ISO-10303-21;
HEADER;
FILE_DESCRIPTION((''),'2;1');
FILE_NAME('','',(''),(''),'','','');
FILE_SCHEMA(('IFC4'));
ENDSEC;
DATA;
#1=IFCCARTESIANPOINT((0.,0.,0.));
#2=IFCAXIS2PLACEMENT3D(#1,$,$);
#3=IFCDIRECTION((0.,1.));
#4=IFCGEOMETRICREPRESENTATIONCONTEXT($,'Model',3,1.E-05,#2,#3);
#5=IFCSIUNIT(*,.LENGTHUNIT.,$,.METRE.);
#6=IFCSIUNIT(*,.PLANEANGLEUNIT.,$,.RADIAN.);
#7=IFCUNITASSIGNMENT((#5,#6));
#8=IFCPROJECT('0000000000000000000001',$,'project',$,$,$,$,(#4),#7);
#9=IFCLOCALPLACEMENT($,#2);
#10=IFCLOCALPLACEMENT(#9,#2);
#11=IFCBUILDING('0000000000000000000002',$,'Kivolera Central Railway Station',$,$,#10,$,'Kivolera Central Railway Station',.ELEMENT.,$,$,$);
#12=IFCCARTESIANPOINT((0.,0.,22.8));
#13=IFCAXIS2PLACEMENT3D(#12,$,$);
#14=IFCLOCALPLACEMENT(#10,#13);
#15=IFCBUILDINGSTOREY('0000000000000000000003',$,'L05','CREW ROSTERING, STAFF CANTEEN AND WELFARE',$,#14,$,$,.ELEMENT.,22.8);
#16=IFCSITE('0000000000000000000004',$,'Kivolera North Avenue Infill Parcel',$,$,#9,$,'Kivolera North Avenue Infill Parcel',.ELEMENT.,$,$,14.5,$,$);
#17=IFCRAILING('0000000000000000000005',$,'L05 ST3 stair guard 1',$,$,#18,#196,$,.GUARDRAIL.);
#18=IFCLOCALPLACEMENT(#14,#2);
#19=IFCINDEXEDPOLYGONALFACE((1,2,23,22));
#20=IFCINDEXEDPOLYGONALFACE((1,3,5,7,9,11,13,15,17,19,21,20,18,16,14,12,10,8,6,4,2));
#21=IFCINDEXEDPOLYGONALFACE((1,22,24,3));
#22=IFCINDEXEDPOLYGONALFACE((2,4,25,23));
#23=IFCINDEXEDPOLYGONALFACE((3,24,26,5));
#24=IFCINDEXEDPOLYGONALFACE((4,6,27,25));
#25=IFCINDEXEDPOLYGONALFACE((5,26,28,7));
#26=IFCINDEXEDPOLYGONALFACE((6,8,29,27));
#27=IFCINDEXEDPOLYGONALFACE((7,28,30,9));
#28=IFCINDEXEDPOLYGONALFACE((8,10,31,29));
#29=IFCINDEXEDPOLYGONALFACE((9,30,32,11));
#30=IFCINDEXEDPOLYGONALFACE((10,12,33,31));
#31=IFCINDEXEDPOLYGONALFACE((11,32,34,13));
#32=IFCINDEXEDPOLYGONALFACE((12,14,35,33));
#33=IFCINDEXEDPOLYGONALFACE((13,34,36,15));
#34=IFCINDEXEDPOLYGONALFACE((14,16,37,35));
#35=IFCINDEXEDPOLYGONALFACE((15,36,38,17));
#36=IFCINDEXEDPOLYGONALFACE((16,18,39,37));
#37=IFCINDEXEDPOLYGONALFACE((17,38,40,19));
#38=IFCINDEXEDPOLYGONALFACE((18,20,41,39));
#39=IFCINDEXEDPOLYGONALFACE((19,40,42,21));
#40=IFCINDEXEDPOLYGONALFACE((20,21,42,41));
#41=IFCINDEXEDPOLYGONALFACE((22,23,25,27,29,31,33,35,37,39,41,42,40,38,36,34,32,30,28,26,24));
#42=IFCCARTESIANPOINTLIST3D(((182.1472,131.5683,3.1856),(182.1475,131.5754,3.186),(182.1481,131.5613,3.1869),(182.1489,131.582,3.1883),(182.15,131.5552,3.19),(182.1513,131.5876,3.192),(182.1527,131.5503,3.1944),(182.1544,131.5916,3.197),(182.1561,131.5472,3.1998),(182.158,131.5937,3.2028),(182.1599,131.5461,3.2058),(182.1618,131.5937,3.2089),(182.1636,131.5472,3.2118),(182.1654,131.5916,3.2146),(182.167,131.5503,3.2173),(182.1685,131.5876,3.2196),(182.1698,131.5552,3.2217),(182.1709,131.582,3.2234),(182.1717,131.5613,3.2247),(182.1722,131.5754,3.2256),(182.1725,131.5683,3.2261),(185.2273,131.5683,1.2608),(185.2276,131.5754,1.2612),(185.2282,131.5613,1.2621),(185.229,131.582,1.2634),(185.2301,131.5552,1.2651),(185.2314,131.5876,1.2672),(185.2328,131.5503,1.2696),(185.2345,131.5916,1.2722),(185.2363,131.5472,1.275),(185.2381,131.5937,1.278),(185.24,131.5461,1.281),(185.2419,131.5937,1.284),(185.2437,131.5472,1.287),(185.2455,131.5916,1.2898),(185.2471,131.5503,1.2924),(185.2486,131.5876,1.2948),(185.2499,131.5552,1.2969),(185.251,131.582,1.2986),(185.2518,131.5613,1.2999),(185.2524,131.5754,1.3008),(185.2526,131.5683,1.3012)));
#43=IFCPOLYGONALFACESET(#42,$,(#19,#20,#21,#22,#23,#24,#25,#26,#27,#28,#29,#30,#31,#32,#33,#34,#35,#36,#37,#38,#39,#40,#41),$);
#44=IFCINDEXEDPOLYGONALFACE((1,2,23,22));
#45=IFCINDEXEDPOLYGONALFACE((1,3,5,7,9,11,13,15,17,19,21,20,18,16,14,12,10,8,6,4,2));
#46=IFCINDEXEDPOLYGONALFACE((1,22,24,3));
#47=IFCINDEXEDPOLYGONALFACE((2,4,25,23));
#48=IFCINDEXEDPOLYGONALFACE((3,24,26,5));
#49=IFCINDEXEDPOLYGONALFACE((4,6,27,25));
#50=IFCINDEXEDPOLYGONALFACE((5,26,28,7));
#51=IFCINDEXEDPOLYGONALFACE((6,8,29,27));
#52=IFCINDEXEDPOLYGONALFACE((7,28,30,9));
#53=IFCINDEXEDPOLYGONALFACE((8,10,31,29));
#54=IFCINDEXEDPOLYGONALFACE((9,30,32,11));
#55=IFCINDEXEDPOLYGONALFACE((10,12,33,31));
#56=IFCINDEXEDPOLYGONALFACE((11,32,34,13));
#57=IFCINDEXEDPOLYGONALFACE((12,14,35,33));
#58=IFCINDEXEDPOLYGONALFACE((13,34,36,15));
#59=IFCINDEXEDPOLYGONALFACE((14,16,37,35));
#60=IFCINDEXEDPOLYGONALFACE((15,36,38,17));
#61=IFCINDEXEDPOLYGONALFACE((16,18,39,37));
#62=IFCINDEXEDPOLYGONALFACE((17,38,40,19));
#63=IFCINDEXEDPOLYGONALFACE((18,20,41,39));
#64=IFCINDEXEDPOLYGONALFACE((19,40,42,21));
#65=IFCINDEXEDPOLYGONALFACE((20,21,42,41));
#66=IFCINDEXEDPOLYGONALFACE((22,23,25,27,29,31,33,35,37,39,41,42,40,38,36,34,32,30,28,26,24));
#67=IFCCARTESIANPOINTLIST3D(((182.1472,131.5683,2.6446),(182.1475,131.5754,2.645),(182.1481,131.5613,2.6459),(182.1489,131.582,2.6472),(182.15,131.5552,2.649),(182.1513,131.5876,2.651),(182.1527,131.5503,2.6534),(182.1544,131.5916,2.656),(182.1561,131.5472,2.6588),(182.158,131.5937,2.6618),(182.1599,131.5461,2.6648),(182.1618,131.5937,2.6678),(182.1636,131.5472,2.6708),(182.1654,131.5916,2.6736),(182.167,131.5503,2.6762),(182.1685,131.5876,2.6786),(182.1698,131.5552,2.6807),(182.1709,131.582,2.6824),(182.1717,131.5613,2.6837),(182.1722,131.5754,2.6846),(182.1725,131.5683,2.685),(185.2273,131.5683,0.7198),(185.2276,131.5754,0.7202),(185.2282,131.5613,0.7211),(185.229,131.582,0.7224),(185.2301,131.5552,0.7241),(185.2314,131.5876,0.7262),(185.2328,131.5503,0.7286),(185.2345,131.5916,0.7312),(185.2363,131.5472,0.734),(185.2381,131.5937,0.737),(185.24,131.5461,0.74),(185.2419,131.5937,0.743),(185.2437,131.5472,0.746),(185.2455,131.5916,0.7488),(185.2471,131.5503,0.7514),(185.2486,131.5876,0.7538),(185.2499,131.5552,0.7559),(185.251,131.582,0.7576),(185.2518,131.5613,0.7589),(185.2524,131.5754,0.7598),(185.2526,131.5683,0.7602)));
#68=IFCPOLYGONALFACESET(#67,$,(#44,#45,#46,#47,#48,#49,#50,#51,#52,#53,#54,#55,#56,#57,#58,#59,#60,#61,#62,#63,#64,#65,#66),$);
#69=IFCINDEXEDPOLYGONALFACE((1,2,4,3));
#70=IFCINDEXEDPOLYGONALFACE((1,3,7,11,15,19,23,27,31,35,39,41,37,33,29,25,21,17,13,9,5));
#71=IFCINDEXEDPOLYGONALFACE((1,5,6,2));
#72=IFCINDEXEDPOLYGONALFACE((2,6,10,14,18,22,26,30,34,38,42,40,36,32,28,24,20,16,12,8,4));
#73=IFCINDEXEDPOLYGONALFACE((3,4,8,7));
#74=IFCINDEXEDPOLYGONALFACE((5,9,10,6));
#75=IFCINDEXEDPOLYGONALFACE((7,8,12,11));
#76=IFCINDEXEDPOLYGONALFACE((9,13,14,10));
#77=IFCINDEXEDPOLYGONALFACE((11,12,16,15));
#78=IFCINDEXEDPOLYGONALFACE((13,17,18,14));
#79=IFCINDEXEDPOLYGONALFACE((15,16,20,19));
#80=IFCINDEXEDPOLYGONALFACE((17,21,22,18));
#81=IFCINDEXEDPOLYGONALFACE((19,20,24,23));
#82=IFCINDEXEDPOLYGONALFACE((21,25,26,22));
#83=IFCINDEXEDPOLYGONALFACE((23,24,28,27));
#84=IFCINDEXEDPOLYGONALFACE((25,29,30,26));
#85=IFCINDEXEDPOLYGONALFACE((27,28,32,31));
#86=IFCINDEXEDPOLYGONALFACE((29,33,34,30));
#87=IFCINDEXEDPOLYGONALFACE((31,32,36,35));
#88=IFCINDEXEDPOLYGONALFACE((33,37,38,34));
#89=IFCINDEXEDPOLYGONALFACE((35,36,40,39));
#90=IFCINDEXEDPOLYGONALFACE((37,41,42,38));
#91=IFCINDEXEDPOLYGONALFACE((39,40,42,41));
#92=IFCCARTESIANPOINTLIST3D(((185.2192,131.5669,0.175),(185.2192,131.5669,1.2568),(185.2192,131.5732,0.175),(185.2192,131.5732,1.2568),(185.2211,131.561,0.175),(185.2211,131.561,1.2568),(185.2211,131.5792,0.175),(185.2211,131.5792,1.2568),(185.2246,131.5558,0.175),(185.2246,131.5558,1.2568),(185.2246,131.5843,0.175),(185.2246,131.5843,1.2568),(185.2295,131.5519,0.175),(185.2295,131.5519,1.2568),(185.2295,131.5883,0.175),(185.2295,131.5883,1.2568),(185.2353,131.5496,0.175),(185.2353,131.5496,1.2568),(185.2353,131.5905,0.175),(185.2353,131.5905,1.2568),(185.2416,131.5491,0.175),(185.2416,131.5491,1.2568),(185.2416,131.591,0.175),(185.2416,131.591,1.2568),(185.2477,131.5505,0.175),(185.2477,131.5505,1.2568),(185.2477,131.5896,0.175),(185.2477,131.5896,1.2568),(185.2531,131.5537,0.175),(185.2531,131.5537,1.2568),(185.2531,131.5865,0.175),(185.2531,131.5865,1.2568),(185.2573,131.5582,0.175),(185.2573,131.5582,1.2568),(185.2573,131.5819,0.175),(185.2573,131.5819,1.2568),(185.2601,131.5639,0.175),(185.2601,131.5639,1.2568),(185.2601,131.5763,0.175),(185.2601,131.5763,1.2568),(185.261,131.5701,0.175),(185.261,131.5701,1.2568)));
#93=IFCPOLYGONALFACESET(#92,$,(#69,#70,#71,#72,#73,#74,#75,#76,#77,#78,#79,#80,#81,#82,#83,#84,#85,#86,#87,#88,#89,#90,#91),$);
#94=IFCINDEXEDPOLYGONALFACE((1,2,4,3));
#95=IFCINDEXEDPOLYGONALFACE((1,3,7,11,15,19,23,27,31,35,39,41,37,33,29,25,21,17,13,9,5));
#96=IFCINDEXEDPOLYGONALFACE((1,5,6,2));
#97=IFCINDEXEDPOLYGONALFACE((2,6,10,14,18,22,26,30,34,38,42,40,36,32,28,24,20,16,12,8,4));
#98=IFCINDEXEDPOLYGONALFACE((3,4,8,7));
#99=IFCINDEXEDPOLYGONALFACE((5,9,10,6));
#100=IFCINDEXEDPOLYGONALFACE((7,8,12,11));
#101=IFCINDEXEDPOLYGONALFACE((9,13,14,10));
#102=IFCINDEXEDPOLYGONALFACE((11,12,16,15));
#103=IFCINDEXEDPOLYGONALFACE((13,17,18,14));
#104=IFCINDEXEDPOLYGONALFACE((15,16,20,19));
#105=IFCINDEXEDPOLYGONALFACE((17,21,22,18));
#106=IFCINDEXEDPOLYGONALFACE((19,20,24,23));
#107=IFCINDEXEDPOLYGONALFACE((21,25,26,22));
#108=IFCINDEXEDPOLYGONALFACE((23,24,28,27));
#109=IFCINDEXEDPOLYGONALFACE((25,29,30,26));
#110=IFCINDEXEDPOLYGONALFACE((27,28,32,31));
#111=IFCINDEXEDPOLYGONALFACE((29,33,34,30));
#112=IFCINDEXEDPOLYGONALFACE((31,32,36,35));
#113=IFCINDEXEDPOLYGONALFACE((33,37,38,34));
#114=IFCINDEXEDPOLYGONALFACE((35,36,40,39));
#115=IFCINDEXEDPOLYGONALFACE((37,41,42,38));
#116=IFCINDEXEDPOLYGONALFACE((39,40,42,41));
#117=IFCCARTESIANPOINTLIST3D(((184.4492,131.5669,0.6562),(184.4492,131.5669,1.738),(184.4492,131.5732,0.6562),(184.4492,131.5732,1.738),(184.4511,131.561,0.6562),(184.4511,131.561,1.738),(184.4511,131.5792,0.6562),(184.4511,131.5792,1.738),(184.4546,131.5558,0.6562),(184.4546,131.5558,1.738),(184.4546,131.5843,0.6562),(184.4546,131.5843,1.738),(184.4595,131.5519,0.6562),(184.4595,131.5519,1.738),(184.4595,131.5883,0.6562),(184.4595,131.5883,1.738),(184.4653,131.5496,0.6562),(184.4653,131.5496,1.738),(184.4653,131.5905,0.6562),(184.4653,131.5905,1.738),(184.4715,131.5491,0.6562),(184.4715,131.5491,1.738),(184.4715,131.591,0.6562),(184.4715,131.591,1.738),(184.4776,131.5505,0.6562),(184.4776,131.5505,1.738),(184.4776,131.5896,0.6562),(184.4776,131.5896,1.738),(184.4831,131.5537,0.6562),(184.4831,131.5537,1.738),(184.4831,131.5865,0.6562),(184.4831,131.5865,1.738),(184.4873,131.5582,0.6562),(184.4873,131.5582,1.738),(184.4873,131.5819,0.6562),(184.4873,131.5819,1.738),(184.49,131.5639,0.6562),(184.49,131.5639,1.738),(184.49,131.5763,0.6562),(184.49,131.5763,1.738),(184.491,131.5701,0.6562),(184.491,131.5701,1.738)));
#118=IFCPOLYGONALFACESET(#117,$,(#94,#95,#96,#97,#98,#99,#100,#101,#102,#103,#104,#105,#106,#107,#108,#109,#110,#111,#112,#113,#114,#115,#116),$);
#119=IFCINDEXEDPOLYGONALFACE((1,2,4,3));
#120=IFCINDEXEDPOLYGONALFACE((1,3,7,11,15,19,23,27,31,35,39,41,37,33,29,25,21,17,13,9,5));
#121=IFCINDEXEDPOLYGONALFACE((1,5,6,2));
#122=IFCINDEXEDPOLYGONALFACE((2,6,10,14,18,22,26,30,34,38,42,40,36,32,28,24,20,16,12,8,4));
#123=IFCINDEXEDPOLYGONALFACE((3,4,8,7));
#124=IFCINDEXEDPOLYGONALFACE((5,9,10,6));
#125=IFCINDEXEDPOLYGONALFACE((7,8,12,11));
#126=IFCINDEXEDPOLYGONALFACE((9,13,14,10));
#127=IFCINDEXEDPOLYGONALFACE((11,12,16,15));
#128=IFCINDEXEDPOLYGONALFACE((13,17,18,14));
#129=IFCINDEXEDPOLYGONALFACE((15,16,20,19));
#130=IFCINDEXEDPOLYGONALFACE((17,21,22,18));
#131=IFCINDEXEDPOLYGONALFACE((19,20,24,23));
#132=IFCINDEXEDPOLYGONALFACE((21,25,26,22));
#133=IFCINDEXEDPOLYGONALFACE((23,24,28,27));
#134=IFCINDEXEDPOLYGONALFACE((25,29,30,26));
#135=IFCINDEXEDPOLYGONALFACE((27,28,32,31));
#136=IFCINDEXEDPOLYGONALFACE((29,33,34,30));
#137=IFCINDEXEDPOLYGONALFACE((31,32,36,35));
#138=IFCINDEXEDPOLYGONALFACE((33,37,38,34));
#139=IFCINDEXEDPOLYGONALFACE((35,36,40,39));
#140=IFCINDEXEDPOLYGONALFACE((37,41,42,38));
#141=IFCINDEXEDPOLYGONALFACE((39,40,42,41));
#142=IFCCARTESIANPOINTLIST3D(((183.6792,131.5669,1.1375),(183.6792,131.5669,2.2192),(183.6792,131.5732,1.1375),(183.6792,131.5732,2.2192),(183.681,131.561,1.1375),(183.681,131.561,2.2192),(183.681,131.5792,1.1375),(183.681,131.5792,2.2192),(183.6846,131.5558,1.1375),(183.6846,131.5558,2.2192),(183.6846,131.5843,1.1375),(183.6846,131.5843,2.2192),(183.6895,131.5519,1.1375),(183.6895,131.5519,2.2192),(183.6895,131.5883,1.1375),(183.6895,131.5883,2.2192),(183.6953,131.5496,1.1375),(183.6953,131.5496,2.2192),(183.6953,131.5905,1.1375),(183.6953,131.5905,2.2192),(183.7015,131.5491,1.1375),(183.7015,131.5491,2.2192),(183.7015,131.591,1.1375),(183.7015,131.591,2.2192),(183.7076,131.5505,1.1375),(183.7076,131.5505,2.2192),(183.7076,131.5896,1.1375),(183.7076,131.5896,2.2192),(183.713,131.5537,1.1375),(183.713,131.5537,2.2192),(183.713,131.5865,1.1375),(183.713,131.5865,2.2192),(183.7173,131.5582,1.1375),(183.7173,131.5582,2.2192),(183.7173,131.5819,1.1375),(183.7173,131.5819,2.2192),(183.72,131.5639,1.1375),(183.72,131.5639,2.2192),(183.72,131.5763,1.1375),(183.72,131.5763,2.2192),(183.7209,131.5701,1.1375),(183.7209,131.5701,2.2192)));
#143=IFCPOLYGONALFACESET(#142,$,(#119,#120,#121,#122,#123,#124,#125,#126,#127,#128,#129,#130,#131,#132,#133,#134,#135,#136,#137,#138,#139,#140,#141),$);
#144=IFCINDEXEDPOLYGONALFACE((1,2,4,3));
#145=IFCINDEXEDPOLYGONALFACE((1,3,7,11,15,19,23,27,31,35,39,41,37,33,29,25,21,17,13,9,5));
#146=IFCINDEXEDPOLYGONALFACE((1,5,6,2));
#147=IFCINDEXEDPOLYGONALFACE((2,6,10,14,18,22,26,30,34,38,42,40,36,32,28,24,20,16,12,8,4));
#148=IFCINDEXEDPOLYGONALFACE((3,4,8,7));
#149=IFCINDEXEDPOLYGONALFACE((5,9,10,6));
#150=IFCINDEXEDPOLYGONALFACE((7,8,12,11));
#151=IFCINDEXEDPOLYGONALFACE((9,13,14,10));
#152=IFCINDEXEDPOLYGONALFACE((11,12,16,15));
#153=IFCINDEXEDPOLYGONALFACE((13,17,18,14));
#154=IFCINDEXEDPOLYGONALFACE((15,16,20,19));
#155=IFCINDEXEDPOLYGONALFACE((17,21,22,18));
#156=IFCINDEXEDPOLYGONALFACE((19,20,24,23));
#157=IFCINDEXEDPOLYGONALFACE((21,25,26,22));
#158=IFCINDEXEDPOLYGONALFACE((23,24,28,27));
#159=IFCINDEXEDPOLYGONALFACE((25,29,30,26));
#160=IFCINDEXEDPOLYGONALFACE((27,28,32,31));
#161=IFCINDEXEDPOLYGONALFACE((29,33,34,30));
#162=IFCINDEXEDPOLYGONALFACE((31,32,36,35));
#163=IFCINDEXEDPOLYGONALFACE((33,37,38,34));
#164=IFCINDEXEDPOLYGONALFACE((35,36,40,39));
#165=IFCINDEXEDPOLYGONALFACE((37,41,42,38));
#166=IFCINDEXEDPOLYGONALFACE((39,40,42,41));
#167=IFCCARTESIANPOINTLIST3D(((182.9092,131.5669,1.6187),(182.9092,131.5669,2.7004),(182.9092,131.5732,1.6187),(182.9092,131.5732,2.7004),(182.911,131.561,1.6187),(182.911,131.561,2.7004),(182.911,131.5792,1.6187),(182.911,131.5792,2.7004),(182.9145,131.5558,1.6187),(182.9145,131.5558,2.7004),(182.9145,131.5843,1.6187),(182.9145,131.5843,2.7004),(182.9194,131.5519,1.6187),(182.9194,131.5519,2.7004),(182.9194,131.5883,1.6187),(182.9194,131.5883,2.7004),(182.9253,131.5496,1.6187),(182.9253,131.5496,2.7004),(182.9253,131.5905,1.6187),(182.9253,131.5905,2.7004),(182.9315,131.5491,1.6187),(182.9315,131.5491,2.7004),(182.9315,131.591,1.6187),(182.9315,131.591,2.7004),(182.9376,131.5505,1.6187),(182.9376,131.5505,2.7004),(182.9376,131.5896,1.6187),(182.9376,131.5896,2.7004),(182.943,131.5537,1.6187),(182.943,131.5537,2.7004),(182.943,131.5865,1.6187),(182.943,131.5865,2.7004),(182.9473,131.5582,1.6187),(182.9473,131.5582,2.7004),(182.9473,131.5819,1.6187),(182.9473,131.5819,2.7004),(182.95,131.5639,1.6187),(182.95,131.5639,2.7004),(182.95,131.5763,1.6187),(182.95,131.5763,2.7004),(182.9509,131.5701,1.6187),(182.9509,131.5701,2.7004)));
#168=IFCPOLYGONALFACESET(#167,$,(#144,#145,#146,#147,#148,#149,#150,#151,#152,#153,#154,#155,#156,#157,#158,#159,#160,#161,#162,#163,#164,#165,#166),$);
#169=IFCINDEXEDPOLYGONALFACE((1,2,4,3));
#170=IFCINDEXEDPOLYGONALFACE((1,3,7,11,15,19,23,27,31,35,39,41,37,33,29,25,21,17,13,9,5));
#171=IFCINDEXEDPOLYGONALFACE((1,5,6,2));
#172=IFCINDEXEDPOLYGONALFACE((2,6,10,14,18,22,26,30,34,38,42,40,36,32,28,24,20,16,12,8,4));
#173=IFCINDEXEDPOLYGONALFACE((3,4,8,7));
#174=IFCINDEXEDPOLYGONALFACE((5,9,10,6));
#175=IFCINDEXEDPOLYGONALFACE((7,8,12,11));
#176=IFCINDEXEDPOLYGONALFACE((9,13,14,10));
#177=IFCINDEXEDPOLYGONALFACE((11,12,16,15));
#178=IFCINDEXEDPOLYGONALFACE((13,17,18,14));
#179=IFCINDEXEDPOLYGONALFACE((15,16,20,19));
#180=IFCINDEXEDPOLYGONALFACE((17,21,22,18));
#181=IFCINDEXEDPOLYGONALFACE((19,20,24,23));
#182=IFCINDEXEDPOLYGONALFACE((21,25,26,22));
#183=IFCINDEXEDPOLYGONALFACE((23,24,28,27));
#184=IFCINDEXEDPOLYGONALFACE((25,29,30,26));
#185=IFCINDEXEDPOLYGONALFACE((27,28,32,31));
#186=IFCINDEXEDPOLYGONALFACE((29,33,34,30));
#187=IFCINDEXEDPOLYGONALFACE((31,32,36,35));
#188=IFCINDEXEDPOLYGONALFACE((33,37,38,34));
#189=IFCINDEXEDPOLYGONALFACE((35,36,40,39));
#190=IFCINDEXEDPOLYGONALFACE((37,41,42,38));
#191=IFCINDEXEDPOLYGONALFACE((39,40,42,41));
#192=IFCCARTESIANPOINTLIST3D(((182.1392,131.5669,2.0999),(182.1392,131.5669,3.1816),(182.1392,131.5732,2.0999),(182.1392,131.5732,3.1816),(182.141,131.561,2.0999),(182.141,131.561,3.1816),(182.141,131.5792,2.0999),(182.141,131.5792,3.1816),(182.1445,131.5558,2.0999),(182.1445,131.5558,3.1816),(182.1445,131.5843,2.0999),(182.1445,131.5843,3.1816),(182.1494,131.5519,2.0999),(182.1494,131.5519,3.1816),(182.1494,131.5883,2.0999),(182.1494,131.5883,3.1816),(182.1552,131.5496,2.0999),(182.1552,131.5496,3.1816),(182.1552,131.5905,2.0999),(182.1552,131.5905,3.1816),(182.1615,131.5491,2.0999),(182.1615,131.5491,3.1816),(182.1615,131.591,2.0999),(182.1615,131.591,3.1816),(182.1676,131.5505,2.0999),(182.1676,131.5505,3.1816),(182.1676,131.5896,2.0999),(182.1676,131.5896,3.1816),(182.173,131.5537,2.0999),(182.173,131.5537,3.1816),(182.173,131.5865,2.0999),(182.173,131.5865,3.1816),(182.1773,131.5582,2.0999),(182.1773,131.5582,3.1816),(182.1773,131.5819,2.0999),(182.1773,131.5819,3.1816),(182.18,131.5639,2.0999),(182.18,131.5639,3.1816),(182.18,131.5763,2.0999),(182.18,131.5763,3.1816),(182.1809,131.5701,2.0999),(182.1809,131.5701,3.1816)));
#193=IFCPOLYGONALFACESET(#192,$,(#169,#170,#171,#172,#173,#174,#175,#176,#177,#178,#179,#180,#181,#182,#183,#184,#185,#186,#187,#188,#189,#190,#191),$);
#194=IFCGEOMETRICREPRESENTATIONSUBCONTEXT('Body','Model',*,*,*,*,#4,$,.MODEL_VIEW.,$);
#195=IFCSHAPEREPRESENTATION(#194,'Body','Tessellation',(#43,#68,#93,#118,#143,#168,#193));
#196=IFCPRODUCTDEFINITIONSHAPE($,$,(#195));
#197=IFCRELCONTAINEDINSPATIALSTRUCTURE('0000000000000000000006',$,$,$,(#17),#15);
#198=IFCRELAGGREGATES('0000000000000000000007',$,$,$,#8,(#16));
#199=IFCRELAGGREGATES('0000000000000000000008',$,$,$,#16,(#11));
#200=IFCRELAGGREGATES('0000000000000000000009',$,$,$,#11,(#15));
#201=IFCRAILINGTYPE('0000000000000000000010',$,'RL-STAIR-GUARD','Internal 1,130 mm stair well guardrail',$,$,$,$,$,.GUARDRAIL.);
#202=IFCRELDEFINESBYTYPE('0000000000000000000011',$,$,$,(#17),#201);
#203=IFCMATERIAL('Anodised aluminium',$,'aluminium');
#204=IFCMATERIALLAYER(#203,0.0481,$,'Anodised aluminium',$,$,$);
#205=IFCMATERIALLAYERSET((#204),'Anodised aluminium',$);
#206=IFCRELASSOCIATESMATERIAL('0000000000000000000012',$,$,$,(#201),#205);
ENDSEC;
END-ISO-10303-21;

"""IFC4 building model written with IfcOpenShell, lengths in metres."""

from ifc_helpers import new_model, si_unit, direction, frame, origin, origin_2d, place, context, subcontext, project, spatial, circle, extrude, material, layer, layer_set, type_object, element, save


model = new_model("IFC4")

# Units and contexts
model_context = context("Model", 3, precision=1e-05, world=origin(), true_north=direction((0.0, 1.0)))
body_context = subcontext(model_context, "Body", "Model", "MODEL_VIEW")
ifc_project = project(units=[si_unit("LENGTHUNIT", "METRE"), si_unit("PLANEANGLEUNIT", "RADIAN")], contexts=[model_context])

# Site, building, storey
site_placement = place(None, origin())
site = spatial("IfcSite", under=ifc_project, at=site_placement, Name="Kivolera North Avenue Infill Parcel", LongName="Kivolera North Avenue Infill Parcel", CompositionType="ELEMENT", RefElevation=14.5)
building_placement = place(site_placement, origin())
building = spatial("IfcBuilding", under=site, at=building_placement, Name="Kivolera Central Railway Station", LongName="Kivolera Central Railway Station", CompositionType="ELEMENT")
storey_placement = place(building_placement, frame((0.0, 0.0, 22.8)))
storey = spatial("IfcBuildingStorey", under=building, at=storey_placement, Name="L05", Description="CREW ROSTERING, STAFF CANTEEN AND WELFARE", CompositionType="ELEMENT", Elevation=22.8)

# Shared definitions
ifc_material_1 = material(Name="Anodised aluminium", Category="aluminium")

# Railing
ifc_layer_1 = layer(ifc_material_1, 0.0481, Name="Anodised aluminium")
ifc_layer_set_1 = layer_set([ifc_layer_1], Name="Anodised aluminium")
railing_type_1 = type_object("IfcRailingType", Name="RL-STAIR-GUARD", Description="Internal 1,130 mm stair well guardrail", PredefinedType="GUARDRAIL", material=ifc_layer_set_1)
railing_1_placement = place(storey_placement, frame((185.24, 131.5701, 0.175)))
element("IfcRailing", 1, at=railing_1_placement, inside=storey, type_object=railing_type_1, Name="L05 ST3 stair guard 1", PredefinedType="GUARDRAIL", context=body_context, shape_type="SweptSolid", body=[
    extrude(circle(Radius=0.0239, at=origin_2d()), frame((0.0, 0.0, 1.106), z_axis=(-0.848029, 0.0, 0.529951), x_axis=(0.0, -1.0, 0.0)), (0.0, 0.0, 1.0), 3.6321),
    extrude(circle(Radius=0.0239, at=origin_2d()), frame((0.0, 0.0, 0.5649), z_axis=(-0.848029, 0.0, 0.529951), x_axis=(0.0, -1.0, 0.0)), (0.0, 0.0, 1.0), 3.6321),
    extrude(circle(Radius=0.021, at=origin_2d()), origin(), (0.0, 0.0, 1.0), 1.0818),
    extrude(circle(Radius=0.021, at=origin_2d()), frame((-0.77, 0.0, 0.4812)), (0.0, 0.0, 1.0), 1.0818),
    extrude(circle(Radius=0.021, at=origin_2d()), frame((-1.54, 0.0, 0.9624)), (0.0, 0.0, 1.0), 1.0818),
    extrude(circle(Radius=0.021, at=origin_2d()), frame((-2.3101, 0.0, 1.4436)), (0.0, 0.0, 1.0), 1.0818),
    extrude(circle(Radius=0.021, at=origin_2d()), frame((-3.0801, 0.0, 1.9248)), (0.0, 0.0, 1.0), 1.0818),
])

save(model, "model.ifc")
